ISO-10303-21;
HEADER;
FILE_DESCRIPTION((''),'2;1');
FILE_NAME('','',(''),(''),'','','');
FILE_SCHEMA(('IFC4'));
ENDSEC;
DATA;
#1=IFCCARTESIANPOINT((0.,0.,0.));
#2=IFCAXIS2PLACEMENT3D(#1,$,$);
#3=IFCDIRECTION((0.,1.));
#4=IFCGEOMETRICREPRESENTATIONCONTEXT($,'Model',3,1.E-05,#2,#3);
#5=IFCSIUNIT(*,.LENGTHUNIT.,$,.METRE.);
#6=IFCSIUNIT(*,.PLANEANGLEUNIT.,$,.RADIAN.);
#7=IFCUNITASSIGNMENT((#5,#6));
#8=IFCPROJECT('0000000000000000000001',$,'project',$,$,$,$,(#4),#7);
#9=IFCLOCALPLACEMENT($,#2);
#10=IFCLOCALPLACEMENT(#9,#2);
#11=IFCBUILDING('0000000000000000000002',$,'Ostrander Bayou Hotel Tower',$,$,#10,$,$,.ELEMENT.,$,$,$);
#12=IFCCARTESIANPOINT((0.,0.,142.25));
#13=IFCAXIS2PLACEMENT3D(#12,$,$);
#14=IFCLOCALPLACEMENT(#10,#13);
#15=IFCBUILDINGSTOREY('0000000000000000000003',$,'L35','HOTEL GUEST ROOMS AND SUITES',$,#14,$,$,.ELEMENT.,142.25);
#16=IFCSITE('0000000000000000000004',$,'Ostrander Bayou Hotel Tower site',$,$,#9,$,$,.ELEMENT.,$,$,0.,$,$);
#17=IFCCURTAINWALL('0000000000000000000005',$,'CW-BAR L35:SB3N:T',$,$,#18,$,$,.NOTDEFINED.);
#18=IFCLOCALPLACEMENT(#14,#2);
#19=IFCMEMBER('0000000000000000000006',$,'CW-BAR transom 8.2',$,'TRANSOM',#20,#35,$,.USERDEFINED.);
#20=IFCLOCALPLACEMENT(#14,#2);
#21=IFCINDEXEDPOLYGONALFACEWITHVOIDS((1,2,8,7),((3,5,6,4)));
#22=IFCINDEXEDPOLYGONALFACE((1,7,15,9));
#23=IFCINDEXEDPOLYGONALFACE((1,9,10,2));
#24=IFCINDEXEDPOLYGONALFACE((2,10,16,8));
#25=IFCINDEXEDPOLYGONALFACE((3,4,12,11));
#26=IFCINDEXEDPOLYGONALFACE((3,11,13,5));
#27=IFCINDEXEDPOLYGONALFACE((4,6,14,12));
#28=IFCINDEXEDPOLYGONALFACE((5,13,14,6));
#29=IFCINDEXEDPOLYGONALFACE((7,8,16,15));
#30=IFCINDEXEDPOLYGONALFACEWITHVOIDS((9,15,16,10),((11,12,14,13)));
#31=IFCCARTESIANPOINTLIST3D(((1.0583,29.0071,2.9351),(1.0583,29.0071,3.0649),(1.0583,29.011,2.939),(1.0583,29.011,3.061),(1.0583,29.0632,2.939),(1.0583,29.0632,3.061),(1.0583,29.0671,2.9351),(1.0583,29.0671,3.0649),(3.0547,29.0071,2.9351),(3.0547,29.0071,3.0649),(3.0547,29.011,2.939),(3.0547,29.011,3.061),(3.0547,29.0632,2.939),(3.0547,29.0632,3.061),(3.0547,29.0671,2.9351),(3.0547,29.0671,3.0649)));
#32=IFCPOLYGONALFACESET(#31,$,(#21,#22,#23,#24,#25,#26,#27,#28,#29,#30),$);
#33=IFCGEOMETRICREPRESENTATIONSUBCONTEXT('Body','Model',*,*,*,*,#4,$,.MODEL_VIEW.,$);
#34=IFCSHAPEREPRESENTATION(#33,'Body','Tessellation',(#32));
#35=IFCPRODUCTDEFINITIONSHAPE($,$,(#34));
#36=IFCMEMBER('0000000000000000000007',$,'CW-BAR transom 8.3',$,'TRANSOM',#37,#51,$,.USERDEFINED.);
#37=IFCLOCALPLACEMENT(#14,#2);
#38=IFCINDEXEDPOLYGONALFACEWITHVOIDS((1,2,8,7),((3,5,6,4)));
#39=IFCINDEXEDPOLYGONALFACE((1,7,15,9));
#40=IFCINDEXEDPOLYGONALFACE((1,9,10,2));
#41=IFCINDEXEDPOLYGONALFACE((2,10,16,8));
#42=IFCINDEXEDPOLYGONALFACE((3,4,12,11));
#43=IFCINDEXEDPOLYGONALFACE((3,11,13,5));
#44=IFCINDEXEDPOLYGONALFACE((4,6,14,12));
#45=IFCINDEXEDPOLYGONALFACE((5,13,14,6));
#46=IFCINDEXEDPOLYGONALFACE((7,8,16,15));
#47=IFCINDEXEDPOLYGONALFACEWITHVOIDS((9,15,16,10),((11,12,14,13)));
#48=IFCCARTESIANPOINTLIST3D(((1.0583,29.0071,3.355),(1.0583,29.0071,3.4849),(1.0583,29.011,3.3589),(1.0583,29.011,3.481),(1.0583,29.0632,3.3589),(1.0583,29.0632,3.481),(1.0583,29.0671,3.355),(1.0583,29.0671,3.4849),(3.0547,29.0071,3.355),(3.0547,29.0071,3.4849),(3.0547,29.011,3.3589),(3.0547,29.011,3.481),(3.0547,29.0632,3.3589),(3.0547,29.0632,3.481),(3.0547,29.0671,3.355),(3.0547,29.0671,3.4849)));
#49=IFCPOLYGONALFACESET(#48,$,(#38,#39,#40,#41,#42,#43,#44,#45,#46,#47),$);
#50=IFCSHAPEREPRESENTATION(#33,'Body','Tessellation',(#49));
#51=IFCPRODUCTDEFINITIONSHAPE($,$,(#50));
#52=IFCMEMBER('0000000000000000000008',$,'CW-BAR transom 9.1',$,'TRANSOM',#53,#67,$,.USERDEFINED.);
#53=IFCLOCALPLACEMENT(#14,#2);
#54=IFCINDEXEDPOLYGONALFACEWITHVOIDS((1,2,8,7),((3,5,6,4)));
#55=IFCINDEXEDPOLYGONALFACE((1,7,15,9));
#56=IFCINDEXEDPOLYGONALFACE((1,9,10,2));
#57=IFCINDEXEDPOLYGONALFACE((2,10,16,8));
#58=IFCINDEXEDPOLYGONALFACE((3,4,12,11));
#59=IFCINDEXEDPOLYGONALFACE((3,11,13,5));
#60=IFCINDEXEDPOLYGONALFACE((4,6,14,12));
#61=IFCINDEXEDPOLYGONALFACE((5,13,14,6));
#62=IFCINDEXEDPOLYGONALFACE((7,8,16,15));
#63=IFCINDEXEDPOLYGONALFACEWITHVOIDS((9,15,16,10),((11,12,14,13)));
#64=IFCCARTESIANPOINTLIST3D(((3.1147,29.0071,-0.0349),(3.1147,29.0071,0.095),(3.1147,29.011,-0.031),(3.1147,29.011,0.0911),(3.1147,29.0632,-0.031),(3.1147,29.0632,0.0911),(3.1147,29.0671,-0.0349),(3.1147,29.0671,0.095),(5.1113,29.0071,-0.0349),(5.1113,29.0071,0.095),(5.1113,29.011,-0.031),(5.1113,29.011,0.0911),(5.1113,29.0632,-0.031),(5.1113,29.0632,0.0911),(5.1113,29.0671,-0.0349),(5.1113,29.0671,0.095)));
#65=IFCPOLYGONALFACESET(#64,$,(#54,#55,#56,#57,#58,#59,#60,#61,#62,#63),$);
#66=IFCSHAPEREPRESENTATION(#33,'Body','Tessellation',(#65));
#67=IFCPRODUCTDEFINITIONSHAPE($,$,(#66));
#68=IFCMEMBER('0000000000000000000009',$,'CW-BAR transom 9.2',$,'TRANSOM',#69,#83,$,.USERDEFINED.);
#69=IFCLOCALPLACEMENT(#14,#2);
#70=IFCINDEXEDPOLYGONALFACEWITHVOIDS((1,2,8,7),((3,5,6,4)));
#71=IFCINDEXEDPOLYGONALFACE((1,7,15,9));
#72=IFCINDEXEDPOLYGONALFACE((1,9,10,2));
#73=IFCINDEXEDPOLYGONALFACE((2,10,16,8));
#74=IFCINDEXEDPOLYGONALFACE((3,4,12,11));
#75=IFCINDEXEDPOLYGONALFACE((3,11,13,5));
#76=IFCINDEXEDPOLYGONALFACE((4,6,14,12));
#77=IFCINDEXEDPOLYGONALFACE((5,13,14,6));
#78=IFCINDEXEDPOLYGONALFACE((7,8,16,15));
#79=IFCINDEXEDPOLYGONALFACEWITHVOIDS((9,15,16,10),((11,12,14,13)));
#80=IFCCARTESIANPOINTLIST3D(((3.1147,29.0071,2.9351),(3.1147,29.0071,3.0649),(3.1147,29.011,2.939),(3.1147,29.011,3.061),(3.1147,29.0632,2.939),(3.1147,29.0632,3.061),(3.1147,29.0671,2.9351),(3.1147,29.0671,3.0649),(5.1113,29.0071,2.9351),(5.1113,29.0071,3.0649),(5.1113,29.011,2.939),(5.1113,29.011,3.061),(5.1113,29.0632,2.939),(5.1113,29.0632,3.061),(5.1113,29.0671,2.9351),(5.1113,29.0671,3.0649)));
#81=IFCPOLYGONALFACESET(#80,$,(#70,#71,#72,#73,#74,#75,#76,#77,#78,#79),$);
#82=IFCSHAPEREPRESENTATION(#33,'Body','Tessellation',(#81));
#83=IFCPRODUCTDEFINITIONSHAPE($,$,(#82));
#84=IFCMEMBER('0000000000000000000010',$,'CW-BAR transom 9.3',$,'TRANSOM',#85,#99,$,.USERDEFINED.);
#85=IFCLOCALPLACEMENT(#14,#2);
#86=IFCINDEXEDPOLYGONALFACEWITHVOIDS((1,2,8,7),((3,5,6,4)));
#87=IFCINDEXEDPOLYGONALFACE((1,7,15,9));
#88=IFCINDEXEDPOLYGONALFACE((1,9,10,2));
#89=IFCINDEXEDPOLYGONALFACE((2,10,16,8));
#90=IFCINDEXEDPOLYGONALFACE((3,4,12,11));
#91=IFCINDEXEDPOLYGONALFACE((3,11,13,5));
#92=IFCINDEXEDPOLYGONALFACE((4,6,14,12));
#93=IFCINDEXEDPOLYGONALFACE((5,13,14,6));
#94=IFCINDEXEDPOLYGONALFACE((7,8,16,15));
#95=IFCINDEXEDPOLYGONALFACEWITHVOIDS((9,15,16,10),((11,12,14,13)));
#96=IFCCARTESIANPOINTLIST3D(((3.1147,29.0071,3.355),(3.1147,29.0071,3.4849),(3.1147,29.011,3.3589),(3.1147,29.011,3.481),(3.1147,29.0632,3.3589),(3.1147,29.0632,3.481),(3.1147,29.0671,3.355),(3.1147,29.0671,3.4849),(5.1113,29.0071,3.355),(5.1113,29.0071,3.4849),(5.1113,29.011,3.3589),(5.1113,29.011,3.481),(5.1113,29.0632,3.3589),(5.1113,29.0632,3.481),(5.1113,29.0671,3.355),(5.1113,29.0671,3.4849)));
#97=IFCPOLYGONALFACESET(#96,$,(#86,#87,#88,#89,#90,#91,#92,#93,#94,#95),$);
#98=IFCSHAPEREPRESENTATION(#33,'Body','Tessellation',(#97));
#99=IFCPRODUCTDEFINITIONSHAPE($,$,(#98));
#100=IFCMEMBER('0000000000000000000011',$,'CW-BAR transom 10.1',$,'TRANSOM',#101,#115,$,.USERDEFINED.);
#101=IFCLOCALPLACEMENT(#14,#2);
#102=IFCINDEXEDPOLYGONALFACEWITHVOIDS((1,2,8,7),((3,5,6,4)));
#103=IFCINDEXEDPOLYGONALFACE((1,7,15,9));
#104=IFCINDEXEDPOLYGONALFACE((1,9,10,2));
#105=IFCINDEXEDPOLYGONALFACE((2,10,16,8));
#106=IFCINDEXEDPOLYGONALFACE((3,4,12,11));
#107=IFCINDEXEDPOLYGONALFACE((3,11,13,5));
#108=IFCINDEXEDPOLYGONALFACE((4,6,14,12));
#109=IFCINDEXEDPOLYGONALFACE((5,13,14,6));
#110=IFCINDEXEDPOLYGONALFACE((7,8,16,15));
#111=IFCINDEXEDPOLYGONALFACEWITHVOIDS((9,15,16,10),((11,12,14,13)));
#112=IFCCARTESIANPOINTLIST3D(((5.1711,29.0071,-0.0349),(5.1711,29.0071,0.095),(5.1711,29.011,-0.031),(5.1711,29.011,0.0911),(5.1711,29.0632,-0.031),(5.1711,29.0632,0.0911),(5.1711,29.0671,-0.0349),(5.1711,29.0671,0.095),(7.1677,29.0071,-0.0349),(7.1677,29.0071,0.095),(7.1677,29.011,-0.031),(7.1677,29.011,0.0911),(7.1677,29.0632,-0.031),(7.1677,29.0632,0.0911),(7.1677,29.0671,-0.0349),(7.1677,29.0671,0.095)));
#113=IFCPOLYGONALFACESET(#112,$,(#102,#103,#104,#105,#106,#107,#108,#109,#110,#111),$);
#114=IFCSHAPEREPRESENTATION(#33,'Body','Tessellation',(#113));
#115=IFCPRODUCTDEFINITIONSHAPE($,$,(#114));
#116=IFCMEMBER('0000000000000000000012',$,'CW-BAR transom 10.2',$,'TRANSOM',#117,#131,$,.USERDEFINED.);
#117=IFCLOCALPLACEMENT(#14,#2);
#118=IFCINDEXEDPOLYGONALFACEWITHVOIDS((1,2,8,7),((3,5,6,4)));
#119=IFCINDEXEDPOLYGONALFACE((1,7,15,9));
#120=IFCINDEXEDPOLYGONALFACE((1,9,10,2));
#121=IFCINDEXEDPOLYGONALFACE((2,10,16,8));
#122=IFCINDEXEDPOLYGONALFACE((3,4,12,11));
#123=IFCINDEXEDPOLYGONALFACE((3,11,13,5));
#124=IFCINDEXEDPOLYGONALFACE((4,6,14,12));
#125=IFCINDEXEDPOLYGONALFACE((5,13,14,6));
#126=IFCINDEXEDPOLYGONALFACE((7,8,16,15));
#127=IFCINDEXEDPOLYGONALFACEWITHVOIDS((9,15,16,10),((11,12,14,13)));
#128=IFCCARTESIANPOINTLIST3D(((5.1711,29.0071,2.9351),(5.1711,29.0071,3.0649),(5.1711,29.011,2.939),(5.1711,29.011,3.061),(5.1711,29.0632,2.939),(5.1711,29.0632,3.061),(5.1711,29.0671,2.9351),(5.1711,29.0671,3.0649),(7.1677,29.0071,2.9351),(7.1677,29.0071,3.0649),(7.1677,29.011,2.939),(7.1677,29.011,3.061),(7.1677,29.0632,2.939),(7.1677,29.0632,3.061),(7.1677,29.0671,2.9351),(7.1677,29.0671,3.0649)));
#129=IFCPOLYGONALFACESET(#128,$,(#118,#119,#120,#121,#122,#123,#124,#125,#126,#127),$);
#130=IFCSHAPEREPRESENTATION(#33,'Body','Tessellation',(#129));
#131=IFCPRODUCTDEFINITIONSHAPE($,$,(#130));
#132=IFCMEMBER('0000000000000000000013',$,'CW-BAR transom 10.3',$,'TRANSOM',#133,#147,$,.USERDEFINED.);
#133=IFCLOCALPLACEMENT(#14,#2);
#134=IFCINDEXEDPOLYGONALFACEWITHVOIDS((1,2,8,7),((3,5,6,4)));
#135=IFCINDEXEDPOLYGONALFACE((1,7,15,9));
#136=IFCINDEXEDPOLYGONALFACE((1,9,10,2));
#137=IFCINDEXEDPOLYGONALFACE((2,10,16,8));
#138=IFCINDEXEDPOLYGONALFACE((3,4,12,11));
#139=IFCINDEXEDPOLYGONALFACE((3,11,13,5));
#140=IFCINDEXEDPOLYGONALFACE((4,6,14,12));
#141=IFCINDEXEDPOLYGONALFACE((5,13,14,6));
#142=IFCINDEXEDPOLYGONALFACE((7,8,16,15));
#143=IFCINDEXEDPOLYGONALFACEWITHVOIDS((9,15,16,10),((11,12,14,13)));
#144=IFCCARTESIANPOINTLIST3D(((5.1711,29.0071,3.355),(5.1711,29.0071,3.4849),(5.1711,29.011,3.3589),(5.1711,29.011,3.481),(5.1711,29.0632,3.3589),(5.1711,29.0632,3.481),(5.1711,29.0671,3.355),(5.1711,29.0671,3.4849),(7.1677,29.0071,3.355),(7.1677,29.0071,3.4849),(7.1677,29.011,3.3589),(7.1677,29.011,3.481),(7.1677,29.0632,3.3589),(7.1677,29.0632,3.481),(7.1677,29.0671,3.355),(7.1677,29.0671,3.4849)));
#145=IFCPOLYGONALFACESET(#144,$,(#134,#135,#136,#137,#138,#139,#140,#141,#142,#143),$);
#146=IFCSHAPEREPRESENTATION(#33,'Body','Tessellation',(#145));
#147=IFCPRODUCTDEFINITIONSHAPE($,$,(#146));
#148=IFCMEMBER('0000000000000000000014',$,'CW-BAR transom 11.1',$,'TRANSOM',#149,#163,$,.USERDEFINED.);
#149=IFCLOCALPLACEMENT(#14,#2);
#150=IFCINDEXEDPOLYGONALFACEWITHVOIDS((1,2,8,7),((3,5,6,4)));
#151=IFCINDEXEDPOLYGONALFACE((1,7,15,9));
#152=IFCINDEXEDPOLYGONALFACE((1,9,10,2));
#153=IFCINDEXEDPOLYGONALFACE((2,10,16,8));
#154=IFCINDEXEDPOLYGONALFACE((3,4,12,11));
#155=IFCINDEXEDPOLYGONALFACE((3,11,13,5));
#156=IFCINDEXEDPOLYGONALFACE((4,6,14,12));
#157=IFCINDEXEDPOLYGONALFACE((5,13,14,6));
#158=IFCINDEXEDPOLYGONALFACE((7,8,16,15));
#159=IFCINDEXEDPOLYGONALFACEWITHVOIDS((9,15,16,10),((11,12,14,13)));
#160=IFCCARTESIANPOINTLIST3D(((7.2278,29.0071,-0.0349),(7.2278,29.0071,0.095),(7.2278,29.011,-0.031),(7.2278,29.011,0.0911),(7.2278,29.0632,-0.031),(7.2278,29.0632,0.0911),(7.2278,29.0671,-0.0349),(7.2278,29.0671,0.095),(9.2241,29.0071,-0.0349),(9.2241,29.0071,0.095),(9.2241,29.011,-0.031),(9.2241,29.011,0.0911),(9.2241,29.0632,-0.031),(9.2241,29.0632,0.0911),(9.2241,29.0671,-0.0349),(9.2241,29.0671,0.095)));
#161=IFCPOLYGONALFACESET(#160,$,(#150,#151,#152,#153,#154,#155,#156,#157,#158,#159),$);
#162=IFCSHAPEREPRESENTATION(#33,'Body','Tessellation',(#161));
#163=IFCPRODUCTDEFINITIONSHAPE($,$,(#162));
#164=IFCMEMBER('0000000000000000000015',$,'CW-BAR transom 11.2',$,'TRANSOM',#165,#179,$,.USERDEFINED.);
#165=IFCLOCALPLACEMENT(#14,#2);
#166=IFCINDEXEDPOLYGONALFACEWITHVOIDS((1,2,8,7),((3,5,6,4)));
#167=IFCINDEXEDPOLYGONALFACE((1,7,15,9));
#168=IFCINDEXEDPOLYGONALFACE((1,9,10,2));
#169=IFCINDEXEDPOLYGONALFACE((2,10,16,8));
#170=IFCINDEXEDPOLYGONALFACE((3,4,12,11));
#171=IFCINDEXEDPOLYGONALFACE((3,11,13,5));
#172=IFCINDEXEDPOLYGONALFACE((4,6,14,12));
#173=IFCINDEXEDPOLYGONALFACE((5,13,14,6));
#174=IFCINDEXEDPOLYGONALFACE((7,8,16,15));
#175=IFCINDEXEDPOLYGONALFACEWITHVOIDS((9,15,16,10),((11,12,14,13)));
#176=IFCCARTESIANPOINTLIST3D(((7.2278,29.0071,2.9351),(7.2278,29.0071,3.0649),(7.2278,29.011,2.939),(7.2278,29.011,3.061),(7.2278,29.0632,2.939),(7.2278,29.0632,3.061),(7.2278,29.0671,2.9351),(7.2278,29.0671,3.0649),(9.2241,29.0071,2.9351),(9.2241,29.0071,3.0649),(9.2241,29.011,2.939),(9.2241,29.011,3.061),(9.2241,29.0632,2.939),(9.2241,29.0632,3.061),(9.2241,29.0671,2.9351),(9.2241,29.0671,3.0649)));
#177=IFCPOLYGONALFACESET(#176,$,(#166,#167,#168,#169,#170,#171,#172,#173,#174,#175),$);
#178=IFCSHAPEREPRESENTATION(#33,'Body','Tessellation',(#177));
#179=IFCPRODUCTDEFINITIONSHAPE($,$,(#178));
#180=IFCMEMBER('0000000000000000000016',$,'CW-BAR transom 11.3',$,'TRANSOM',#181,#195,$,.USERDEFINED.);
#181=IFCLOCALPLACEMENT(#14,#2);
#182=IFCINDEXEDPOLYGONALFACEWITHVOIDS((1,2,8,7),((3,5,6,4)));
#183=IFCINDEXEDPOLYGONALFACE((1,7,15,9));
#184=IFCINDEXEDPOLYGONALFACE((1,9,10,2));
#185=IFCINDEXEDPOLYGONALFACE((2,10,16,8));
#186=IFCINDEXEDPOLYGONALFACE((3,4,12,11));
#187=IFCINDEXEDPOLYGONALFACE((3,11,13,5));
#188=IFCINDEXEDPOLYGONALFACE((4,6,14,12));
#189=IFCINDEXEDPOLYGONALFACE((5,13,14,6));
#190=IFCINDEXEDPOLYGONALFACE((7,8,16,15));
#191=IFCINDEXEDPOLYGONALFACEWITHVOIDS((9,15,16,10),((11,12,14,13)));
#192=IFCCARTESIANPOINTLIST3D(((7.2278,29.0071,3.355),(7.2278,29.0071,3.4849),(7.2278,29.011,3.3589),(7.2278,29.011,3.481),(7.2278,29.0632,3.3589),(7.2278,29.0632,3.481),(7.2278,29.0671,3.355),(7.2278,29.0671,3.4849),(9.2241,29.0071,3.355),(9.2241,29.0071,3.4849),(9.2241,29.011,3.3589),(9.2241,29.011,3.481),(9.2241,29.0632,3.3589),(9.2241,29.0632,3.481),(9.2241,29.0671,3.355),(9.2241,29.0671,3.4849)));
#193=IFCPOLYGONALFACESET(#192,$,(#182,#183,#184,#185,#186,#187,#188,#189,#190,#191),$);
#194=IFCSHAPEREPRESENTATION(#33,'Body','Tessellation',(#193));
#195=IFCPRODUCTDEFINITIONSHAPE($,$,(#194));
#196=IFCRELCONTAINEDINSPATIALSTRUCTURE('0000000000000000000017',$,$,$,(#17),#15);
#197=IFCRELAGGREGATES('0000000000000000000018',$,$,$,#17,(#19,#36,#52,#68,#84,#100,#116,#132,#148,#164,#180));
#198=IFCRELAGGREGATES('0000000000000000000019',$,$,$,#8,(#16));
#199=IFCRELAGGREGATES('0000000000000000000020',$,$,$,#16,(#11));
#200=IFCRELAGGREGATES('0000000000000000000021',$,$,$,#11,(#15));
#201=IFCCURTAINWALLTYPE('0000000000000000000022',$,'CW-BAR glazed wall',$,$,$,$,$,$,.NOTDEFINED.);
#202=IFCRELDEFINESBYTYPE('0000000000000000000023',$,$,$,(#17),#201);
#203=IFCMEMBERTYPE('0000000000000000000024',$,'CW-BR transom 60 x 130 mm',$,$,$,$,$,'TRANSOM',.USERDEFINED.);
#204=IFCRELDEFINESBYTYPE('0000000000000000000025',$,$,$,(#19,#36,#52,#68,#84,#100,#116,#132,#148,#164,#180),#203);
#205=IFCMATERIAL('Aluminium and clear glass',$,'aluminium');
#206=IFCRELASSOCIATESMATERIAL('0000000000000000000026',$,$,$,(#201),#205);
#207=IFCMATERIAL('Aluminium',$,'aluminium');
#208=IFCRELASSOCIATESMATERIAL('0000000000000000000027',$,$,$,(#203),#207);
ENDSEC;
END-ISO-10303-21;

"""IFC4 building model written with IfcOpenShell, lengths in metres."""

from ifc_helpers import new_model, si_unit, direction, frame, origin, origin_2d, place, context, subcontext, project, spatial, hollow_rectangle, extrude, material, material_profile, profile_set, type_object, element, aggregate, save


model = new_model("IFC4")

# Units and contexts
model_context = context("Model", 3, precision=1e-05, world=origin(), true_north=direction((0.0, 1.0)))
body_context = subcontext(model_context, "Body", "Model", "MODEL_VIEW")
ifc_project = project(units=[si_unit("LENGTHUNIT", "METRE"), si_unit("PLANEANGLEUNIT", "RADIAN")], contexts=[model_context])

# Site, building, storey
site_placement = place(None, origin())
site = spatial("IfcSite", under=ifc_project, at=site_placement, Name="Ostrander Bayou Hotel Tower site", CompositionType="ELEMENT", RefElevation=0.0)
building_placement = place(site_placement, origin())
building = spatial("IfcBuilding", under=site, at=building_placement, Name="Ostrander Bayou Hotel Tower", CompositionType="ELEMENT")
storey_placement = place(building_placement, frame((0.0, 0.0, 142.25)))
storey = spatial("IfcBuildingStorey", under=building, at=storey_placement, Name="L35", Description="HOTEL GUEST ROOMS AND SUITES", CompositionType="ELEMENT", Elevation=142.25)

# Curtain wall, members
ifc_material_1 = material(Name="Aluminium and clear glass", Category="aluminium")
curtain_wall_type = type_object("IfcCurtainWallType", Name="CW-BAR glazed wall", PredefinedType="NOTDEFINED", material=ifc_material_1)
curtain_wall_placement = place(storey_placement, origin())
curtain_wall = element("IfcCurtainWall", 1, at=curtain_wall_placement, inside=storey, type_object=curtain_wall_type, Name="CW-BAR L35:SB3N:T", PredefinedType="NOTDEFINED")
ifc_material_2 = material(Name="Aluminium", Category="aluminium")
ifc_material_profile_1 = material_profile(ifc_material_2, hollow_rectangle(XDim=0.0601, YDim=0.1299, WallThickness=0.0039, at=origin_2d()))
ifc_profile_set_1 = profile_set([ifc_material_profile_1], Name="Aluminium")
member_type_1 = type_object("IfcMemberType", Name="CW-BR transom 60 x 130 mm", ElementType="TRANSOM", PredefinedType="USERDEFINED", material=ifc_profile_set_1)
member_1_placement = place(storey_placement, frame((1.0583, 29.0371, 3.0), z_axis=(1.0, 0.0, 0.0), x_axis=(0.0, 1.0, 0.0)))
member_1 = element("IfcMember", 2, at=member_1_placement, type_object=member_type_1, Name="CW-BAR transom 8.2", ObjectType="TRANSOM", PredefinedType="USERDEFINED", context=body_context, shape_type="SweptSolid", body=[
    extrude(hollow_rectangle(XDim=0.0601, YDim=0.1299, WallThickness=0.0039, at=origin_2d()), origin(), (0.0, 0.0, 1.0), 1.9963),
])
member_2_placement = place(storey_placement, frame((1.0583, 29.0371, 3.4199), z_axis=(1.0, 0.0, 0.0), x_axis=(0.0, 1.0, 0.0)))
member_2 = element("IfcMember", 3, at=member_2_placement, type_object=member_type_1, Name="CW-BAR transom 8.3", ObjectType="TRANSOM", PredefinedType="USERDEFINED", context=body_context, shape_type="SweptSolid", body=[
    extrude(hollow_rectangle(XDim=0.0601, YDim=0.1299, WallThickness=0.0039, at=origin_2d()), origin(), (0.0, 0.0, 1.0), 1.9963),
])
member_3_placement = place(storey_placement, frame((3.1147, 29.0371, 0.03), z_axis=(1.0, 0.0, 0.0), x_axis=(0.0, 1.0, 0.0)))
member_3 = element("IfcMember", 4, at=member_3_placement, type_object=member_type_1, Name="CW-BAR transom 9.1", ObjectType="TRANSOM", PredefinedType="USERDEFINED", context=body_context, shape_type="SweptSolid", body=[
    extrude(hollow_rectangle(XDim=0.0601, YDim=0.1299, WallThickness=0.0039, at=origin_2d()), origin(), (0.0, 0.0, 1.0), 1.9966),
])
member_4_placement = place(storey_placement, frame((3.1147, 29.0371, 3.0), z_axis=(1.0, 0.0, 0.0), x_axis=(0.0, 1.0, 0.0)))
member_4 = element("IfcMember", 5, at=member_4_placement, type_object=member_type_1, Name="CW-BAR transom 9.2", ObjectType="TRANSOM", PredefinedType="USERDEFINED", context=body_context, shape_type="SweptSolid", body=[
    extrude(hollow_rectangle(XDim=0.0601, YDim=0.1299, WallThickness=0.0039, at=origin_2d()), origin(), (0.0, 0.0, 1.0), 1.9966),
])
member_5_placement = place(storey_placement, frame((3.1147, 29.0371, 3.4199), z_axis=(1.0, 0.0, 0.0), x_axis=(0.0, 1.0, 0.0)))
member_5 = element("IfcMember", 6, at=member_5_placement, type_object=member_type_1, Name="CW-BAR transom 9.3", ObjectType="TRANSOM", PredefinedType="USERDEFINED", context=body_context, shape_type="SweptSolid", body=[
    extrude(hollow_rectangle(XDim=0.0601, YDim=0.1299, WallThickness=0.0039, at=origin_2d()), origin(), (0.0, 0.0, 1.0), 1.9966),
])
member_6_placement = place(storey_placement, frame((5.1711, 29.0371, 0.03), z_axis=(1.0, 0.0, 0.0), x_axis=(0.0, 1.0, 0.0)))
member_6 = element("IfcMember", 7, at=member_6_placement, type_object=member_type_1, Name="CW-BAR transom 10.1", ObjectType="TRANSOM", PredefinedType="USERDEFINED", context=body_context, shape_type="SweptSolid", body=[
    extrude(hollow_rectangle(XDim=0.0601, YDim=0.1299, WallThickness=0.0039, at=origin_2d()), origin(), (0.0, 0.0, 1.0), 1.9966),
])
member_7_placement = place(storey_placement, frame((5.1711, 29.0371, 3.0), z_axis=(1.0, 0.0, 0.0), x_axis=(0.0, 1.0, 0.0)))
member_7 = element("IfcMember", 8, at=member_7_placement, type_object=member_type_1, Name="CW-BAR transom 10.2", ObjectType="TRANSOM", PredefinedType="USERDEFINED", context=body_context, shape_type="SweptSolid", body=[
    extrude(hollow_rectangle(XDim=0.0601, YDim=0.1299, WallThickness=0.0039, at=origin_2d()), origin(), (0.0, 0.0, 1.0), 1.9966),
])
member_8_placement = place(storey_placement, frame((5.1711, 29.0371, 3.4199), z_axis=(1.0, 0.0, 0.0), x_axis=(0.0, 1.0, 0.0)))
member_8 = element("IfcMember", 9, at=member_8_placement, type_object=member_type_1, Name="CW-BAR transom 10.3", ObjectType="TRANSOM", PredefinedType="USERDEFINED", context=body_context, shape_type="SweptSolid", body=[
    extrude(hollow_rectangle(XDim=0.0601, YDim=0.1299, WallThickness=0.0039, at=origin_2d()), origin(), (0.0, 0.0, 1.0), 1.9966),
])
member_9_placement = place(storey_placement, frame((7.2278, 29.0371, 0.03), z_axis=(1.0, 0.0, 0.0), x_axis=(0.0, 1.0, 0.0)))
member_9 = element("IfcMember", 10, at=member_9_placement, type_object=member_type_1, Name="CW-BAR transom 11.1", ObjectType="TRANSOM", PredefinedType="USERDEFINED", context=body_context, shape_type="SweptSolid", body=[
    extrude(hollow_rectangle(XDim=0.0601, YDim=0.1299, WallThickness=0.0039, at=origin_2d()), origin(), (0.0, 0.0, 1.0), 1.9963),
])
member_10_placement = place(storey_placement, frame((7.2278, 29.0371, 3.0), z_axis=(1.0, 0.0, 0.0), x_axis=(0.0, 1.0, 0.0)))
member_10 = element("IfcMember", 11, at=member_10_placement, type_object=member_type_1, Name="CW-BAR transom 11.2", ObjectType="TRANSOM", PredefinedType="USERDEFINED", context=body_context, shape_type="SweptSolid", body=[
    extrude(hollow_rectangle(XDim=0.0601, YDim=0.1299, WallThickness=0.0039, at=origin_2d()), origin(), (0.0, 0.0, 1.0), 1.9963),
])
member_11_placement = place(storey_placement, frame((7.2278, 29.0371, 3.4199), z_axis=(1.0, 0.0, 0.0), x_axis=(0.0, 1.0, 0.0)))
member_11 = element("IfcMember", 12, at=member_11_placement, type_object=member_type_1, Name="CW-BAR transom 11.3", ObjectType="TRANSOM", PredefinedType="USERDEFINED", context=body_context, shape_type="SweptSolid", body=[
    extrude(hollow_rectangle(XDim=0.0601, YDim=0.1299, WallThickness=0.0039, at=origin_2d()), origin(), (0.0, 0.0, 1.0), 1.9963),
])
aggregate(curtain_wall, [member_1, member_2, member_3, member_4, member_5, member_6, member_7, member_8, member_9, member_10, member_11])

save(model, "model.ifc")
